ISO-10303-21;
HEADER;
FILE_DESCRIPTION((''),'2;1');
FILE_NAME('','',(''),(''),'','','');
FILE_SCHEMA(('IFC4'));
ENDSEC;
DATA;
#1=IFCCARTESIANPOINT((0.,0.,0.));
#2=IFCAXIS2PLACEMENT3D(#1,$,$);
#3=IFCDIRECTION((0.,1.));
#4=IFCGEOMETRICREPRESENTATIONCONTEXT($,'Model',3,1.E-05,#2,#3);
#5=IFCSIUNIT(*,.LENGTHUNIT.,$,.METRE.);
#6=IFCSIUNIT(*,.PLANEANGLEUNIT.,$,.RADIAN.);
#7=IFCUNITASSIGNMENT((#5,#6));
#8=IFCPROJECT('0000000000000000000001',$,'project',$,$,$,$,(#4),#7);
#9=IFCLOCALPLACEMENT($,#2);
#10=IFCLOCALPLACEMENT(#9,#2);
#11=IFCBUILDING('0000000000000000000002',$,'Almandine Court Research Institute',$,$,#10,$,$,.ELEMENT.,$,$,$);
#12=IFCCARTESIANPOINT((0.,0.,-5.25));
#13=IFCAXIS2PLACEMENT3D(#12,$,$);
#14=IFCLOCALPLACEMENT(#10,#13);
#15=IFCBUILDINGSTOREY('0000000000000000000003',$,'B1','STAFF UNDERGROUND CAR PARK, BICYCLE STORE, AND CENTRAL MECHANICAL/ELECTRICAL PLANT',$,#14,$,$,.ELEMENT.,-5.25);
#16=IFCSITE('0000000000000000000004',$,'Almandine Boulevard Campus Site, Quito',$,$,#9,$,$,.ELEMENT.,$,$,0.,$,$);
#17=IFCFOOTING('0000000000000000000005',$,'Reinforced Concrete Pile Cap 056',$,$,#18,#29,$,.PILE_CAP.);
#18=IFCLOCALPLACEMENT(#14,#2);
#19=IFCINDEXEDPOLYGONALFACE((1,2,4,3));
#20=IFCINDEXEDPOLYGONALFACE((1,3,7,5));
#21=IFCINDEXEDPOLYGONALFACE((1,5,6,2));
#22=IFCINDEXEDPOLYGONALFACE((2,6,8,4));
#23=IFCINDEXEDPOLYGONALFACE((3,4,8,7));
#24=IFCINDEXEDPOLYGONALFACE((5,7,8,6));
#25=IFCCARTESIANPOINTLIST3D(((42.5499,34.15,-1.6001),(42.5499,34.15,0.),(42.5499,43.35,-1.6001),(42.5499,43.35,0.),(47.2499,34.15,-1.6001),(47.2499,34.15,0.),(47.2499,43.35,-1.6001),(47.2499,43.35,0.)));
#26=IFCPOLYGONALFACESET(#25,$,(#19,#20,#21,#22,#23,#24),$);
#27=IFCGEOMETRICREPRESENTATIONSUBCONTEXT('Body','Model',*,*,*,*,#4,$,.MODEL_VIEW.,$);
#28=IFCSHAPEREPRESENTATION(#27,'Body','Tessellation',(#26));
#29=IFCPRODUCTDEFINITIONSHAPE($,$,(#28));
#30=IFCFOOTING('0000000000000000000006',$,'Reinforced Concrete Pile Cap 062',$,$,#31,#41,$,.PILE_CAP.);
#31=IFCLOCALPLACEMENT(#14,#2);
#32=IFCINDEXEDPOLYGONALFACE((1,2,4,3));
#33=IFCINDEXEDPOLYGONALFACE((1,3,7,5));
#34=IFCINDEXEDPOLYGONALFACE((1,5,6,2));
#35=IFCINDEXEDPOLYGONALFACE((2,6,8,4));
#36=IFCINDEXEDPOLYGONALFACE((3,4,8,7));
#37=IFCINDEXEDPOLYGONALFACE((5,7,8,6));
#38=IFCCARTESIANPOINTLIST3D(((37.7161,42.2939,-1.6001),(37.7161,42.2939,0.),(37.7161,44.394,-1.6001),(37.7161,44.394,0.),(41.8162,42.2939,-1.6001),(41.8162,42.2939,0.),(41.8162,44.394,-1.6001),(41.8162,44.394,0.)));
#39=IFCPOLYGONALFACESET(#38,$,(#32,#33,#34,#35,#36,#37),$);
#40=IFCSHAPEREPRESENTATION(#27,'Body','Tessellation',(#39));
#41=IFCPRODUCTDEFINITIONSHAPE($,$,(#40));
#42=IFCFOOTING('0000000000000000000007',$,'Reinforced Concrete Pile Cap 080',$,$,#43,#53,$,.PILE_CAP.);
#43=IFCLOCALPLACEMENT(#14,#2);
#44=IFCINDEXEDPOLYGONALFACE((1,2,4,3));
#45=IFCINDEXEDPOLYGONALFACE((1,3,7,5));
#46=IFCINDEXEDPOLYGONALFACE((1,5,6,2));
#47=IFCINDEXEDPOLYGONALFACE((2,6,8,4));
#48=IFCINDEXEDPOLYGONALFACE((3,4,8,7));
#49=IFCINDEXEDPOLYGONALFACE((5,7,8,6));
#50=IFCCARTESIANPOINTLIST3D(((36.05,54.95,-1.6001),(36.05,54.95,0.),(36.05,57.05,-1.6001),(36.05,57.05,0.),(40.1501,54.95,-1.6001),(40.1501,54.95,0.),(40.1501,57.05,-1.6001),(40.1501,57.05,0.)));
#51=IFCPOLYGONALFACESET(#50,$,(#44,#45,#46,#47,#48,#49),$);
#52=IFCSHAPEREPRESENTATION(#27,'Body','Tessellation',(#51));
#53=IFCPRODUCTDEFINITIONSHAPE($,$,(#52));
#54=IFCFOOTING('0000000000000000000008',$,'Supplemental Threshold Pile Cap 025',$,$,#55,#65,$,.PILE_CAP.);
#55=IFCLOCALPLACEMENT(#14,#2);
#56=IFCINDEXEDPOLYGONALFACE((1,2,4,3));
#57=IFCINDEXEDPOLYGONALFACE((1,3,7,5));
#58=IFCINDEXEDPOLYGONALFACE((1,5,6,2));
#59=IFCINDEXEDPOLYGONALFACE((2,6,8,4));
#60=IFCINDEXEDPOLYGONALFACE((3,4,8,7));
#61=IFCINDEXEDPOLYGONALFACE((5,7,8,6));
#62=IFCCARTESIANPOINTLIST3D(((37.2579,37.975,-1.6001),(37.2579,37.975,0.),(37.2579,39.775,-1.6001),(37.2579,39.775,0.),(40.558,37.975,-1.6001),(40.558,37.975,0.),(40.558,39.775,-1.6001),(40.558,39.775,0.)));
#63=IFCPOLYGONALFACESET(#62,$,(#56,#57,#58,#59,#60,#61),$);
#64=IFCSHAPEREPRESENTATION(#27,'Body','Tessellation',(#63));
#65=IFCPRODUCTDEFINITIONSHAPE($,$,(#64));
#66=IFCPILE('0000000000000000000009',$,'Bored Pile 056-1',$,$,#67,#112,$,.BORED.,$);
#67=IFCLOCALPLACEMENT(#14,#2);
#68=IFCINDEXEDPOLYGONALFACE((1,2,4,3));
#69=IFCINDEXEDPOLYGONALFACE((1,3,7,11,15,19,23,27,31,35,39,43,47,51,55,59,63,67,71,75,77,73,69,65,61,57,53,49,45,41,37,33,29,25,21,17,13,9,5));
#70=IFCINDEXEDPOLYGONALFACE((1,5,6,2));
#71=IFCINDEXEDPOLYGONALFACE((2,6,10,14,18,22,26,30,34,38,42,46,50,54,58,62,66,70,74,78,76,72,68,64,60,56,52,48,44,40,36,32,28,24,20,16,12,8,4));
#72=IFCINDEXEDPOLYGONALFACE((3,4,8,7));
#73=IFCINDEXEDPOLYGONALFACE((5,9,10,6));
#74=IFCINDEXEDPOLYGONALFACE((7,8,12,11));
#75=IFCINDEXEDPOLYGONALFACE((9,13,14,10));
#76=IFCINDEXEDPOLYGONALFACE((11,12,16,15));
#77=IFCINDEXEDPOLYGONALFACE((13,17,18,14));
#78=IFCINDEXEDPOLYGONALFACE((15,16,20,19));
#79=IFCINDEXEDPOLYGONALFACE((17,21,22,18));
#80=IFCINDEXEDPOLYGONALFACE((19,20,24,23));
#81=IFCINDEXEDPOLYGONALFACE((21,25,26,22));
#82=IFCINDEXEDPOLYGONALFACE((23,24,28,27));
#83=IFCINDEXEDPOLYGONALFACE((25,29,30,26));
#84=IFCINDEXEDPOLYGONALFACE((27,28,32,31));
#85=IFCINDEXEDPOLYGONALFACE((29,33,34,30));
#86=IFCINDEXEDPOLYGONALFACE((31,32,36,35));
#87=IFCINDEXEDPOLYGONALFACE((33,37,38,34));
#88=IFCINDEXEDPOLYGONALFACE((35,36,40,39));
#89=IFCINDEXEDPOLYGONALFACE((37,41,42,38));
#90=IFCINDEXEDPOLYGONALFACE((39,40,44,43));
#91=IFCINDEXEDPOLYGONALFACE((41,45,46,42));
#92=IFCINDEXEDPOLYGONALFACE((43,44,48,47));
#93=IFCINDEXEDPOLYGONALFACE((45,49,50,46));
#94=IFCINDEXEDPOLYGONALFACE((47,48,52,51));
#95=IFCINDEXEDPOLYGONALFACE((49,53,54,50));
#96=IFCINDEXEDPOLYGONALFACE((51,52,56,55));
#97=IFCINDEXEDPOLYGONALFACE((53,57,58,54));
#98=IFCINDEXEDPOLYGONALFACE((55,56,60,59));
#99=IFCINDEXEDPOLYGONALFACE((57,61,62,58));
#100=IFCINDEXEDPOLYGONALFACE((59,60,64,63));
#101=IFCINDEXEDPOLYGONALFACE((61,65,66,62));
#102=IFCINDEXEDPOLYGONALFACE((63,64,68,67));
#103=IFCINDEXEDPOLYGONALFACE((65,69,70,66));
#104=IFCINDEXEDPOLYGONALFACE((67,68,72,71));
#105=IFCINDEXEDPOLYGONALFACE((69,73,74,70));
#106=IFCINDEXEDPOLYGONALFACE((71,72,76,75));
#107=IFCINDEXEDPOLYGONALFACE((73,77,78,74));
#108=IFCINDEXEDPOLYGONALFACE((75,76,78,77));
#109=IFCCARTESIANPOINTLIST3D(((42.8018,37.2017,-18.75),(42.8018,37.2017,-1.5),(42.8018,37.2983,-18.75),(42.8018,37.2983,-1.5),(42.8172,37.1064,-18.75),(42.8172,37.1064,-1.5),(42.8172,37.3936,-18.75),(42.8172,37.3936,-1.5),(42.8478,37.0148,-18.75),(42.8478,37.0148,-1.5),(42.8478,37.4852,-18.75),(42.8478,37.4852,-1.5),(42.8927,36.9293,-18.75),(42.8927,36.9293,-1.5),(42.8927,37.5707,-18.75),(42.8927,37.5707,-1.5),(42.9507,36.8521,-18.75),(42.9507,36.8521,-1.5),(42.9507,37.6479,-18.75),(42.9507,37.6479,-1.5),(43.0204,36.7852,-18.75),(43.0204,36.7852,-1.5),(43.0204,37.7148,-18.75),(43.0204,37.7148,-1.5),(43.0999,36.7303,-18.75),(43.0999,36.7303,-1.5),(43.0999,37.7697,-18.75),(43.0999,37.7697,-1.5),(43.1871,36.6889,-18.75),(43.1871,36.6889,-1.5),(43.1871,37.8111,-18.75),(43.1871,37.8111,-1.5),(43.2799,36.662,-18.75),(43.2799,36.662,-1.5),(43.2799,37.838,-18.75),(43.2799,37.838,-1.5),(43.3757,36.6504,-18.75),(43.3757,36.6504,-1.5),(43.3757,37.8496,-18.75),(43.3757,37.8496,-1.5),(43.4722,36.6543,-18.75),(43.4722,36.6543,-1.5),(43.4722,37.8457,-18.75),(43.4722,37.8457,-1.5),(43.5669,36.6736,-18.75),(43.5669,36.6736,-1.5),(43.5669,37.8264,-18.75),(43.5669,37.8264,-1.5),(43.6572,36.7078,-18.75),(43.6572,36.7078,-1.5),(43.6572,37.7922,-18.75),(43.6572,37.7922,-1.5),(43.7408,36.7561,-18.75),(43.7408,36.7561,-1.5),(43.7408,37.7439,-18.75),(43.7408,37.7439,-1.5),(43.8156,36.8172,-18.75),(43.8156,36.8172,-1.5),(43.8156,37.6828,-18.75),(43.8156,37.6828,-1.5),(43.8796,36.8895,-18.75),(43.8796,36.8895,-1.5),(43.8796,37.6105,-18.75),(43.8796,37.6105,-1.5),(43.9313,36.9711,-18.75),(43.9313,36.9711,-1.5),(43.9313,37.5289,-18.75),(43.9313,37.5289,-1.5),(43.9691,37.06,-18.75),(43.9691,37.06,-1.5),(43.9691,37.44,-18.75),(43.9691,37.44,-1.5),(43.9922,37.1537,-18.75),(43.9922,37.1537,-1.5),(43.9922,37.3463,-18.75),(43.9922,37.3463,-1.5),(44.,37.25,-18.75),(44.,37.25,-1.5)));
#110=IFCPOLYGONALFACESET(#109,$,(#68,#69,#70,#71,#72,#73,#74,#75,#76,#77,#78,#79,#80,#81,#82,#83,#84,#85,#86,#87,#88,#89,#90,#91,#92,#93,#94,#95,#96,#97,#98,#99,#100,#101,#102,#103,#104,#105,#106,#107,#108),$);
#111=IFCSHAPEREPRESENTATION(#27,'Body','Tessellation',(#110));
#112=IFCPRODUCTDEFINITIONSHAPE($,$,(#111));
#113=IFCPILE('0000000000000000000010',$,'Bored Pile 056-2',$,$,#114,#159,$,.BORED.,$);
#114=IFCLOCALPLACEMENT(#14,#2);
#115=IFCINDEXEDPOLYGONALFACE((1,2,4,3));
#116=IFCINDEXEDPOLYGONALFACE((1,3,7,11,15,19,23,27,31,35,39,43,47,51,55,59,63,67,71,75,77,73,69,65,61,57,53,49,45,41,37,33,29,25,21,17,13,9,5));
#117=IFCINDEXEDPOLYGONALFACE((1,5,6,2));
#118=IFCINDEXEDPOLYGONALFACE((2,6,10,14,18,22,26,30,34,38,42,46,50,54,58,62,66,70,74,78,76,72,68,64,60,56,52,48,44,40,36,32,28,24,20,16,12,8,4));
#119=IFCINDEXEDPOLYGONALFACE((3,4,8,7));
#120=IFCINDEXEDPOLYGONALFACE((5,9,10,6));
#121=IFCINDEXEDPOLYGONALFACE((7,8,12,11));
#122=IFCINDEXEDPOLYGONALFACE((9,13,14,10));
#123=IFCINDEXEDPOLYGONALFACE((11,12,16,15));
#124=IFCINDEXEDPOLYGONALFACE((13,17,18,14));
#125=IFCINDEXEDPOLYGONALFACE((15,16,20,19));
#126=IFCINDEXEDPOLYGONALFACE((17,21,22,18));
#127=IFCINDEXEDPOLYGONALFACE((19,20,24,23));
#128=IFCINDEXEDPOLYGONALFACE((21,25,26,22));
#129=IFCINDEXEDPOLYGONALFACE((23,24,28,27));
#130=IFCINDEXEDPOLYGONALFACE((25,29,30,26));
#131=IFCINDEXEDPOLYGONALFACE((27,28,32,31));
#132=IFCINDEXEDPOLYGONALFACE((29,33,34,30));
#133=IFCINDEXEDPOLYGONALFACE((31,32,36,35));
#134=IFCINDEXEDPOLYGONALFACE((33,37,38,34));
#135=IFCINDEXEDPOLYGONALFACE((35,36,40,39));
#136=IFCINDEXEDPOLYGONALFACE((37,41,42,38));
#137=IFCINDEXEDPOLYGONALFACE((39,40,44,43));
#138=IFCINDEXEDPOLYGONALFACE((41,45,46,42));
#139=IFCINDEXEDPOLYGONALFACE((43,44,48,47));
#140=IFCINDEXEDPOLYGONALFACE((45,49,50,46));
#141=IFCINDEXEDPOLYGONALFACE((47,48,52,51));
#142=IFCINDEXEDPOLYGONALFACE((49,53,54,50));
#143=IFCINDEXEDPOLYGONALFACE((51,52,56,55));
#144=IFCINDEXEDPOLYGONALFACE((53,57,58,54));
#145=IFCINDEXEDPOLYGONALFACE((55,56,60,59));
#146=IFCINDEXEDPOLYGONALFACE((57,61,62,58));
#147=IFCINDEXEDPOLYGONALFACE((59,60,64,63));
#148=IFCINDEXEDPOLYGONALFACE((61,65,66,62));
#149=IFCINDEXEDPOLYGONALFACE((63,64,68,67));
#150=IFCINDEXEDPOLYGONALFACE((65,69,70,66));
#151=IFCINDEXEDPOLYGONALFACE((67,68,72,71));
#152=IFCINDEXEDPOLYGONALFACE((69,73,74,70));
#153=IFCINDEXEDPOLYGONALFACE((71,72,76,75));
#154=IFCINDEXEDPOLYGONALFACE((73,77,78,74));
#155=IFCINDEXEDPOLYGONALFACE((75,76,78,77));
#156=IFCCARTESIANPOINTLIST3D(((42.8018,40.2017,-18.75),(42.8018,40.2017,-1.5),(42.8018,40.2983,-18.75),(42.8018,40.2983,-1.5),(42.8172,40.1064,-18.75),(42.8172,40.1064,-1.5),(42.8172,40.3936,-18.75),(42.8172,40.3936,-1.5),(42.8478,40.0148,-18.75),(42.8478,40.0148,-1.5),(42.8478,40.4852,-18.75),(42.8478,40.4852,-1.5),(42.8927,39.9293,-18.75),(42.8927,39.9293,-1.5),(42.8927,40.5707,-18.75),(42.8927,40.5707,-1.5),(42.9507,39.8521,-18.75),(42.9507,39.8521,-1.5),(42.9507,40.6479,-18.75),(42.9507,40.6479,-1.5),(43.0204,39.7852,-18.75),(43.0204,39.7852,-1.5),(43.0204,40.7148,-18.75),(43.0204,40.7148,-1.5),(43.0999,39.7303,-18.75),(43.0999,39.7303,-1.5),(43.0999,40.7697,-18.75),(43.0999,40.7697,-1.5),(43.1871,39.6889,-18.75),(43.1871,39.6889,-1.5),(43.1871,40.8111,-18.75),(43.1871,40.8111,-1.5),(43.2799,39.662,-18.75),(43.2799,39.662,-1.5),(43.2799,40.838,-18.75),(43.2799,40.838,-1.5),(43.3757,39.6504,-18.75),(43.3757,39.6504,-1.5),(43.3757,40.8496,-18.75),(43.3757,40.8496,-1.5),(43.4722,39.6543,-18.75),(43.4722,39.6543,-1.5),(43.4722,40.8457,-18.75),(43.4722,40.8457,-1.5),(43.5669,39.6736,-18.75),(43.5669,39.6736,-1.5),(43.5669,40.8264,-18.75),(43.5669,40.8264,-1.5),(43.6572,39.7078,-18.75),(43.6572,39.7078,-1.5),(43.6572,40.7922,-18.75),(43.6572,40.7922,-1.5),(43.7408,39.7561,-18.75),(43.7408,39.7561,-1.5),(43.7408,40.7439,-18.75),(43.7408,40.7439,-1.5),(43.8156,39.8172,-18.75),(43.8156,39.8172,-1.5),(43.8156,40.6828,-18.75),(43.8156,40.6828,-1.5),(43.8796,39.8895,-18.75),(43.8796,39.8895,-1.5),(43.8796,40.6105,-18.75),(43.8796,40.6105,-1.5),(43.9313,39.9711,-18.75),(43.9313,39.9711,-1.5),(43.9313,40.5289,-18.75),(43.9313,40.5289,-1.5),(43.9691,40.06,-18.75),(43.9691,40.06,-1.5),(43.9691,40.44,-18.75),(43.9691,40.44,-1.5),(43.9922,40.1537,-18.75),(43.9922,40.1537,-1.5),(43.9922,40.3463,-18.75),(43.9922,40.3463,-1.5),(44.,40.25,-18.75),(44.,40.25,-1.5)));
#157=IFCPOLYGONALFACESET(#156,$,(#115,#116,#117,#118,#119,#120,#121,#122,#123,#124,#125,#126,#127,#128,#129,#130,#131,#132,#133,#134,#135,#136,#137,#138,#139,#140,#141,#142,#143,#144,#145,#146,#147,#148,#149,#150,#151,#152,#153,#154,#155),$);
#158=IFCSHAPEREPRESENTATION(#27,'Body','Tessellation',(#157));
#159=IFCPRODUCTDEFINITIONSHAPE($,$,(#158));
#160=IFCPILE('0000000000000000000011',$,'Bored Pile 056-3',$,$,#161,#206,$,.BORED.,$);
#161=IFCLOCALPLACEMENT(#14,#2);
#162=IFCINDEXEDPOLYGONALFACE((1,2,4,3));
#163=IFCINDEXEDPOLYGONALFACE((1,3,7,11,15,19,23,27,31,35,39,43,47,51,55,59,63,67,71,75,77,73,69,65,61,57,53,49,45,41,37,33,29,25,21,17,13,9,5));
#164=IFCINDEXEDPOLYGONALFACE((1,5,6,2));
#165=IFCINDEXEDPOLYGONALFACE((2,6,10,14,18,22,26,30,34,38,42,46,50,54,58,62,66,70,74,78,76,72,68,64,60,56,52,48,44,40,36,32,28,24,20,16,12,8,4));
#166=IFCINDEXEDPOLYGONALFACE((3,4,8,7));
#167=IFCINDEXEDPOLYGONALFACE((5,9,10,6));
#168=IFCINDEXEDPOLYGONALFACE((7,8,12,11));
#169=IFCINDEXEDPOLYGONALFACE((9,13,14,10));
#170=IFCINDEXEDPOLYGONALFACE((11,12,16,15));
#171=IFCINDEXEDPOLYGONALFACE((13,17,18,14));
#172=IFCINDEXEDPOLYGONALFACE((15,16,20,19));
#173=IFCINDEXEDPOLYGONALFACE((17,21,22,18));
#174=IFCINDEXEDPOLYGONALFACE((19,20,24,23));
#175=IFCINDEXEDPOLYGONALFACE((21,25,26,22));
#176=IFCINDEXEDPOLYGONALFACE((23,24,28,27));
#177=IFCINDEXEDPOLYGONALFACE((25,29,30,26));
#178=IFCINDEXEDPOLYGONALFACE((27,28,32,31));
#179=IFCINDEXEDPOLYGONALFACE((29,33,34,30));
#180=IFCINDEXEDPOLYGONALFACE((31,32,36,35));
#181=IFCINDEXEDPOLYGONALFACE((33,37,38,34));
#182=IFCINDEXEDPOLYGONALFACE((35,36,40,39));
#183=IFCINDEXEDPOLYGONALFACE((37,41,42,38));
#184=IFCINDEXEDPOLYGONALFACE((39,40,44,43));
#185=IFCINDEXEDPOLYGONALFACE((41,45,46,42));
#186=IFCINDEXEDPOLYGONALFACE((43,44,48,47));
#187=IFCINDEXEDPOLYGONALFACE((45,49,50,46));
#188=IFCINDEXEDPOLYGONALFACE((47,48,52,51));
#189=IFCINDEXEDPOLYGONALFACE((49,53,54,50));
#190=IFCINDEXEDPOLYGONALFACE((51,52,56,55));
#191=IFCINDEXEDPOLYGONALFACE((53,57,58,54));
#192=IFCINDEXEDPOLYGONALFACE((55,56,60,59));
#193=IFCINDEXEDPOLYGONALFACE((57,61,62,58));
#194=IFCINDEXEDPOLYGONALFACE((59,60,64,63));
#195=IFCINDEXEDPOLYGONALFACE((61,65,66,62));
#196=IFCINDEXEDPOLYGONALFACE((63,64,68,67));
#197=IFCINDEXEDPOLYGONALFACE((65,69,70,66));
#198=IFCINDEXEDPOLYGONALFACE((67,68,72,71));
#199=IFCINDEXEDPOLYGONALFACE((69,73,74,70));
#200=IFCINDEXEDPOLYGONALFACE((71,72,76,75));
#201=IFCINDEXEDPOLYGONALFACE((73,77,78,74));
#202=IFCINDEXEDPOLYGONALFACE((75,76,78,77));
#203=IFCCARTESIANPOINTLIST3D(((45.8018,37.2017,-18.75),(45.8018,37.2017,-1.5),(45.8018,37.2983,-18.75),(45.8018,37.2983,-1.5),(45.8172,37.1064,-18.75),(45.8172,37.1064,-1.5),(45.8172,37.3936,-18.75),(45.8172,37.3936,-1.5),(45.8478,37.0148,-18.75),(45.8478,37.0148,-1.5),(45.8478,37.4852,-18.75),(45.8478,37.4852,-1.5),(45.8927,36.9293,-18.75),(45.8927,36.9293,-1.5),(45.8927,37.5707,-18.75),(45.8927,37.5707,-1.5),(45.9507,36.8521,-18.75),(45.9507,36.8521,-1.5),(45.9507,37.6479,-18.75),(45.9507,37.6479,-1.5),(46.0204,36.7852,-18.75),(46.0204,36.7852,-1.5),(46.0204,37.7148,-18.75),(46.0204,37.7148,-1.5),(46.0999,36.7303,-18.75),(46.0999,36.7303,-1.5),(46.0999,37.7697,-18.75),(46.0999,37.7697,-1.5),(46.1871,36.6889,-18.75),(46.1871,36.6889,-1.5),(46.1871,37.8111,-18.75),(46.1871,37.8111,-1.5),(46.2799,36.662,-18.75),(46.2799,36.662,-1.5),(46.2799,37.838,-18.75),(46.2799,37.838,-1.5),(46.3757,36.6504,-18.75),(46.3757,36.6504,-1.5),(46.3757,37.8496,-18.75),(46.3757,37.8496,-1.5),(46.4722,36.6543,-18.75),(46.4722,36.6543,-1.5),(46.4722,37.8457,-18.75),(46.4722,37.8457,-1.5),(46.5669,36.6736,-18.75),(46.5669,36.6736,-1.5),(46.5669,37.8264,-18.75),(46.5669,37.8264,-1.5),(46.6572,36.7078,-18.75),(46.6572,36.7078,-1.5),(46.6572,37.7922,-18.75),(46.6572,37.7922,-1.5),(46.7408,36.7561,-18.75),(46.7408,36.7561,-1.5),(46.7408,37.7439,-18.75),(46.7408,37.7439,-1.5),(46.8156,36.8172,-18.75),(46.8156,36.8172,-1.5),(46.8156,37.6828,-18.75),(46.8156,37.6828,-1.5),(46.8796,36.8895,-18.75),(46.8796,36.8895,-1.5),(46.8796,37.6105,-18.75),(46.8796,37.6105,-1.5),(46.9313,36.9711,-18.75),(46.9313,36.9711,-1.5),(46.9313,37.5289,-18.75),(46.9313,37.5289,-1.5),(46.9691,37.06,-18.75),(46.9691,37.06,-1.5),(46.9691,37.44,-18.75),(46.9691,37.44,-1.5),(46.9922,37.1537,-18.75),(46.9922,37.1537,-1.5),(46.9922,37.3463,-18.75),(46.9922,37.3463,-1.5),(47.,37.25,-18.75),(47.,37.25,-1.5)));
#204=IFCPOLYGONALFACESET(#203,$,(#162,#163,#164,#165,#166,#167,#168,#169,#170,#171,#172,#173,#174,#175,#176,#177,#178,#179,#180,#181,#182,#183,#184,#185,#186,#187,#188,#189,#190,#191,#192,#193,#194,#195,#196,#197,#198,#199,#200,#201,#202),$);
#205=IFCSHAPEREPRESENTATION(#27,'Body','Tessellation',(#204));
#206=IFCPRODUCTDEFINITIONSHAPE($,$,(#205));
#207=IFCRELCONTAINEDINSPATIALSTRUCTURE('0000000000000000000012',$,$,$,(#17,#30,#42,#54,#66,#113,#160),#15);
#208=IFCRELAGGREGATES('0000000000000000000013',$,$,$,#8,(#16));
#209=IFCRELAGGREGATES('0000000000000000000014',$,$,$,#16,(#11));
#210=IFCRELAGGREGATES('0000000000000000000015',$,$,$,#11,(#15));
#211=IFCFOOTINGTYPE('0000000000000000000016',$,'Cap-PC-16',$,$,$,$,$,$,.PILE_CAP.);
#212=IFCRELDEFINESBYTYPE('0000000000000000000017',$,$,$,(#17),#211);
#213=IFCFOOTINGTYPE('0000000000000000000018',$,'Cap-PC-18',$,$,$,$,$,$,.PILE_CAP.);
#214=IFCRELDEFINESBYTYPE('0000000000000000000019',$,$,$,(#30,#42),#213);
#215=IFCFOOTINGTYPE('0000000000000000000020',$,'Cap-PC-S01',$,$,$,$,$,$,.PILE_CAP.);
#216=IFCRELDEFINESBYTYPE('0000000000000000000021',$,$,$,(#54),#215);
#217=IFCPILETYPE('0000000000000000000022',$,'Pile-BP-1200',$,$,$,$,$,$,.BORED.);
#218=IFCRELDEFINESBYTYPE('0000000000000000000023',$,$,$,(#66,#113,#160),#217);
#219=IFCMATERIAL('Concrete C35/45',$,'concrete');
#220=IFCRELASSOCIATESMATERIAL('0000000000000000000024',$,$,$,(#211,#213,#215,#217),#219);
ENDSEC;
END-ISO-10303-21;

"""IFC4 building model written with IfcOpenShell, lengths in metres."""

from ifc_helpers import new_model, si_unit, direction, frame, origin, origin_2d, place, context, subcontext, project, spatial, rectangle, circle, extrude, material, material_profile, profile_set, type_object, element, save


model = new_model("IFC4")

# Units and contexts
model_context = context("Model", 3, precision=1e-05, world=origin(), true_north=direction((0.0, 1.0)))
body_context = subcontext(model_context, "Body", "Model", "MODEL_VIEW")
ifc_project = project(units=[si_unit("LENGTHUNIT", "METRE"), si_unit("PLANEANGLEUNIT", "RADIAN")], contexts=[model_context])

# Site, building, storey
site_placement = place(None, origin())
site = spatial("IfcSite", under=ifc_project, at=site_placement, Name="Almandine Boulevard Campus Site, Quito", CompositionType="ELEMENT", RefElevation=0.0)
building_placement = place(site_placement, origin())
building = spatial("IfcBuilding", under=site, at=building_placement, Name="Almandine Court Research Institute", CompositionType="ELEMENT")
storey_placement = place(building_placement, frame((0.0, 0.0, -5.25)))
storey = spatial("IfcBuildingStorey", under=building, at=storey_placement, Name="B1", Description="STAFF UNDERGROUND CAR PARK, BICYCLE STORE, AND CENTRAL MECHANICAL/ELECTRICAL PLANT", CompositionType="ELEMENT", Elevation=-5.25)

# Footings
ifc_material_1 = material(Name="Concrete C35/45", Category="concrete")
footing_type_1 = type_object("IfcFootingType", Name="Cap-PC-16", PredefinedType="PILE_CAP", material=ifc_material_1)
footing_1_placement = place(storey_placement, frame((44.8999, 38.75, -1.6001), z_axis=(0.0, 0.0, 1.0), x_axis=(1.0, 0.0, 0.0)))
element("IfcFooting", 1, at=footing_1_placement, inside=storey, type_object=footing_type_1, Name="Reinforced Concrete Pile Cap 056", PredefinedType="PILE_CAP", context=body_context, shape_type="SweptSolid", body=[
    extrude(rectangle(XDim=4.7, YDim=9.2, at=origin_2d()), origin(), (0.0, 0.0, 1.0), 1.6001),
])
footing_type_2 = type_object("IfcFootingType", Name="Cap-PC-18", PredefinedType="PILE_CAP", material=ifc_material_1)
for number, where, z_axis, x_axis, name in (
    (2, (39.7661, 43.344, -1.6001), (0.0, 0.0, 1.0), (1.0, 0.0, 0.0), "Reinforced Concrete Pile Cap 062"),
    (3, (38.1001, 56.0, -1.6001), (0.0, 0.0, 1.0), (1.0, 0.0, 0.0), "Reinforced Concrete Pile Cap 080"),
):
    element("IfcFooting", number, at=place(storey_placement, frame(where, z_axis=z_axis, x_axis=x_axis)), inside=storey, type_object=footing_type_2, Name=name, PredefinedType="PILE_CAP", context=body_context, shape_type="SweptSolid", body=[
        extrude(rectangle(XDim=4.1001, YDim=2.1001, at=origin_2d()), origin(), (0.0, 0.0, 1.0), 1.6001),
    ])
footing_type_3 = type_object("IfcFootingType", Name="Cap-PC-S01", PredefinedType="PILE_CAP", material=ifc_material_1)
footing_2_placement = place(storey_placement, frame((38.908, 38.875, -1.6001), z_axis=(0.0, 0.0, 1.0), x_axis=(1.0, 0.0, 0.0)))
element("IfcFooting", 4, at=footing_2_placement, inside=storey, type_object=footing_type_3, Name="Supplemental Threshold Pile Cap 025", PredefinedType="PILE_CAP", context=body_context, shape_type="SweptSolid", body=[
    extrude(rectangle(XDim=3.3, YDim=1.8, at=origin_2d()), origin(), (0.0, 0.0, 1.0), 1.6001),
])

# Piles
ifc_material_profile_1 = material_profile(ifc_material_1, circle(Radius=0.6001, at=origin_2d()), Name="BORED PILE D1200")
ifc_profile_set_1 = profile_set([ifc_material_profile_1], Name="Concrete C35/45")
pile_type_1 = type_object("IfcPileType", Name="Pile-BP-1200", PredefinedType="BORED", material=ifc_profile_set_1)
for number, where, z_axis, x_axis, name in (
    (5, (43.3999, 37.25, -1.5), (0.0, 0.0, -1.0), (1.0, 0.0, 0.0), "Bored Pile 056-1"),
    (6, (43.3999, 40.25, -1.5), (0.0, 0.0, -1.0), (1.0, 0.0, 0.0), "Bored Pile 056-2"),
    (7, (46.3999, 37.25, -1.5), (0.0, 0.0, -1.0), (1.0, 0.0, 0.0), "Bored Pile 056-3"),
):
    element("IfcPile", number, at=place(storey_placement, frame(where, z_axis=z_axis, x_axis=x_axis)), inside=storey, type_object=pile_type_1, Name=name, PredefinedType="BORED", context=body_context, shape_type="SweptSolid", body=[
        extrude(circle(Radius=0.6001, at=origin_2d()), origin(), (0.0, 0.0, 1.0), 17.25),
    ])

save(model, "model.ifc")
